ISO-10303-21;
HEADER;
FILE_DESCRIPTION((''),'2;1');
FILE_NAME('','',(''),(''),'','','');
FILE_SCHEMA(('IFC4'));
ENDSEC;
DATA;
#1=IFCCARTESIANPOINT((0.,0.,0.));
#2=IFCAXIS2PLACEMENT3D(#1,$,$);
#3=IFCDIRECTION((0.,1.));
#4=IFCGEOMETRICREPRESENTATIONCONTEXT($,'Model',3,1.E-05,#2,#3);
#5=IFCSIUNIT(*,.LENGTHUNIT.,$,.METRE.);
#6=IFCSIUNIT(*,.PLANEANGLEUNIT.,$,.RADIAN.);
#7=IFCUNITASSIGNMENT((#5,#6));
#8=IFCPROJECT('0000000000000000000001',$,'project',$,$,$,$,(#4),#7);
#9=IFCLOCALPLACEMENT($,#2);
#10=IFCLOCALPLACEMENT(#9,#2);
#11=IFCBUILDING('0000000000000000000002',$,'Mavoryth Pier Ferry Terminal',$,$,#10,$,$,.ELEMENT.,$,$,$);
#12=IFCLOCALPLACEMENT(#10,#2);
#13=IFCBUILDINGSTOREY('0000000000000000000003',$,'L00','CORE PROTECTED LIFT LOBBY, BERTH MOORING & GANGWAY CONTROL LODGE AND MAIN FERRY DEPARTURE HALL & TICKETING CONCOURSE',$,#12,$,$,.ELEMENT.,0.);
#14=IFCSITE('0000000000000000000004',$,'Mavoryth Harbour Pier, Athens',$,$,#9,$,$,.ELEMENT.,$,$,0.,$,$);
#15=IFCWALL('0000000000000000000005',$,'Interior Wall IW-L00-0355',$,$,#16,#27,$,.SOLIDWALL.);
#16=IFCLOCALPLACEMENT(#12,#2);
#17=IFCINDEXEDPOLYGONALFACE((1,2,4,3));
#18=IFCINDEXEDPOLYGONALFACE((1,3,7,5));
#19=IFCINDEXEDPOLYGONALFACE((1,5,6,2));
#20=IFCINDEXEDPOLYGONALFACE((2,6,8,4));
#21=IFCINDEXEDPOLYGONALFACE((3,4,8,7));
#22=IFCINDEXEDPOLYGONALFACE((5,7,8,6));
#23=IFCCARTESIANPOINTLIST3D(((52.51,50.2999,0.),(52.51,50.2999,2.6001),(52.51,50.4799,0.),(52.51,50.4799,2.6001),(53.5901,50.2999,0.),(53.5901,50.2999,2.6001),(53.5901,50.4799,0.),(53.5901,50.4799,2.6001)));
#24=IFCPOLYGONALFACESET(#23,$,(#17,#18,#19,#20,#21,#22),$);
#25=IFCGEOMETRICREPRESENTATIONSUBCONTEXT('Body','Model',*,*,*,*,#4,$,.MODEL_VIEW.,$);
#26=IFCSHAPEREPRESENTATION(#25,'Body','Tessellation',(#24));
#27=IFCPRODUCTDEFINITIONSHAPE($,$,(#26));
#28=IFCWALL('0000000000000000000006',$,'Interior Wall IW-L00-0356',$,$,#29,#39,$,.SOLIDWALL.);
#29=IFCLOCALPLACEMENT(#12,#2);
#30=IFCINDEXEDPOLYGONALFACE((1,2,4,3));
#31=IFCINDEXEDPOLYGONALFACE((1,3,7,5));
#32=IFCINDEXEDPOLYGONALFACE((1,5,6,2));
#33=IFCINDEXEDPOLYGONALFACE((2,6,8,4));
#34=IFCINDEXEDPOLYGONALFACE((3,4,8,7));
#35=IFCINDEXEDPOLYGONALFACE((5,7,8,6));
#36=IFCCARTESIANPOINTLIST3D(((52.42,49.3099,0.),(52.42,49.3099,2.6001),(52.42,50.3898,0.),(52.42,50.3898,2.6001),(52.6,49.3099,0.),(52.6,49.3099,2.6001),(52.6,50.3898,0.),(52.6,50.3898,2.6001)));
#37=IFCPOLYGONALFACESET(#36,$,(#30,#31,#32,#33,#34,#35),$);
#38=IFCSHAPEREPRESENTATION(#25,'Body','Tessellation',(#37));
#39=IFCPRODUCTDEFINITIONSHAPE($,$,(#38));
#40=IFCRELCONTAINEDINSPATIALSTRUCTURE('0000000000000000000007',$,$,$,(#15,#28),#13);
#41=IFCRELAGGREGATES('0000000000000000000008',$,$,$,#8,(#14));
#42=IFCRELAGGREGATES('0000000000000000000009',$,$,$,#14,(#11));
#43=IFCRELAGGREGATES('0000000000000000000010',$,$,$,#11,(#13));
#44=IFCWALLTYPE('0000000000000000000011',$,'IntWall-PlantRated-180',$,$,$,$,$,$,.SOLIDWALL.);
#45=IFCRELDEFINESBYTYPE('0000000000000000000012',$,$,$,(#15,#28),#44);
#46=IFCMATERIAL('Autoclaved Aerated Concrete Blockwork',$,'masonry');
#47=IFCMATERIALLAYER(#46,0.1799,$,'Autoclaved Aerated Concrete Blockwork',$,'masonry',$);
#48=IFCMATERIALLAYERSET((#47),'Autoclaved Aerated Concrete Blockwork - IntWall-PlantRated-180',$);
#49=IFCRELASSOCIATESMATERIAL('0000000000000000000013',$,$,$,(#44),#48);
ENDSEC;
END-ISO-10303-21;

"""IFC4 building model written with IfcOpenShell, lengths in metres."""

from ifc_helpers import new_model, si_unit, direction, frame, frame_2d, origin, place, context, subcontext, project, spatial, rectangle, extrude, material, layer, layer_set, type_object, element, save


model = new_model("IFC4")

# Units and contexts
model_context = context("Model", 3, precision=1e-05, world=origin(), true_north=direction((0.0, 1.0)))
body_context = subcontext(model_context, "Body", "Model", "MODEL_VIEW")
ifc_project = project(units=[si_unit("LENGTHUNIT", "METRE"), si_unit("PLANEANGLEUNIT", "RADIAN")], contexts=[model_context])

# Site, building, storey
site_placement = place(None, origin())
site = spatial("IfcSite", under=ifc_project, at=site_placement, Name="Mavoryth Harbour Pier, Athens", CompositionType="ELEMENT", RefElevation=0.0)
building_placement = place(site_placement, origin())
building = spatial("IfcBuilding", under=site, at=building_placement, Name="Mavoryth Pier Ferry Terminal", CompositionType="ELEMENT")
storey_placement = place(building_placement, origin())
storey = spatial("IfcBuildingStorey", under=building, at=storey_placement, Name="L00", Description="CORE PROTECTED LIFT LOBBY, BERTH MOORING & GANGWAY CONTROL LODGE AND MAIN FERRY DEPARTURE HALL & TICKETING CONCOURSE", CompositionType="ELEMENT", Elevation=0.0)

# Walls
ifc_material_1 = material(Name="Autoclaved Aerated Concrete Blockwork", Category="masonry")
ifc_layer_1 = layer(ifc_material_1, 0.1799, Name="Autoclaved Aerated Concrete Blockwork", Category="masonry")
ifc_layer_set_1 = layer_set([ifc_layer_1], Name="Autoclaved Aerated Concrete Blockwork - IntWall-PlantRated-180")
wall_type_1 = type_object("IfcWallType", Name="IntWall-PlantRated-180", PredefinedType="SOLIDWALL", material=ifc_layer_set_1)
wall_1_placement = place(storey_placement, frame((53.5901, 50.3899, 0.0), z_axis=(0.0, 0.0, 1.0), x_axis=(-1.0, 0.0, 0.0)))
element("IfcWall", 1, at=wall_1_placement, inside=storey, type_object=wall_type_1, Name="Interior Wall IW-L00-0355", PredefinedType="SOLIDWALL", context=body_context, shape_type="SweptSolid", body=[
    extrude(rectangle(XDim=1.0801, YDim=0.1799, at=frame_2d((0.54, 0.0))), origin(), (0.0, 0.0, 1.0), 2.6001),
])
wall_2_placement = place(storey_placement, frame((52.51, 50.3899, 0.0), z_axis=(0.0, 0.0, 1.0), x_axis=(0.0, -1.0, 0.0)))
element("IfcWall", 2, at=wall_2_placement, inside=storey, type_object=wall_type_1, Name="Interior Wall IW-L00-0356", PredefinedType="SOLIDWALL", context=body_context, shape_type="SweptSolid", body=[
    extrude(rectangle(XDim=1.0798, YDim=0.1799, at=frame_2d((0.54, 0.0))), origin(), (0.0, 0.0, 1.0), 2.6001),
])

save(model, "model.ifc")
